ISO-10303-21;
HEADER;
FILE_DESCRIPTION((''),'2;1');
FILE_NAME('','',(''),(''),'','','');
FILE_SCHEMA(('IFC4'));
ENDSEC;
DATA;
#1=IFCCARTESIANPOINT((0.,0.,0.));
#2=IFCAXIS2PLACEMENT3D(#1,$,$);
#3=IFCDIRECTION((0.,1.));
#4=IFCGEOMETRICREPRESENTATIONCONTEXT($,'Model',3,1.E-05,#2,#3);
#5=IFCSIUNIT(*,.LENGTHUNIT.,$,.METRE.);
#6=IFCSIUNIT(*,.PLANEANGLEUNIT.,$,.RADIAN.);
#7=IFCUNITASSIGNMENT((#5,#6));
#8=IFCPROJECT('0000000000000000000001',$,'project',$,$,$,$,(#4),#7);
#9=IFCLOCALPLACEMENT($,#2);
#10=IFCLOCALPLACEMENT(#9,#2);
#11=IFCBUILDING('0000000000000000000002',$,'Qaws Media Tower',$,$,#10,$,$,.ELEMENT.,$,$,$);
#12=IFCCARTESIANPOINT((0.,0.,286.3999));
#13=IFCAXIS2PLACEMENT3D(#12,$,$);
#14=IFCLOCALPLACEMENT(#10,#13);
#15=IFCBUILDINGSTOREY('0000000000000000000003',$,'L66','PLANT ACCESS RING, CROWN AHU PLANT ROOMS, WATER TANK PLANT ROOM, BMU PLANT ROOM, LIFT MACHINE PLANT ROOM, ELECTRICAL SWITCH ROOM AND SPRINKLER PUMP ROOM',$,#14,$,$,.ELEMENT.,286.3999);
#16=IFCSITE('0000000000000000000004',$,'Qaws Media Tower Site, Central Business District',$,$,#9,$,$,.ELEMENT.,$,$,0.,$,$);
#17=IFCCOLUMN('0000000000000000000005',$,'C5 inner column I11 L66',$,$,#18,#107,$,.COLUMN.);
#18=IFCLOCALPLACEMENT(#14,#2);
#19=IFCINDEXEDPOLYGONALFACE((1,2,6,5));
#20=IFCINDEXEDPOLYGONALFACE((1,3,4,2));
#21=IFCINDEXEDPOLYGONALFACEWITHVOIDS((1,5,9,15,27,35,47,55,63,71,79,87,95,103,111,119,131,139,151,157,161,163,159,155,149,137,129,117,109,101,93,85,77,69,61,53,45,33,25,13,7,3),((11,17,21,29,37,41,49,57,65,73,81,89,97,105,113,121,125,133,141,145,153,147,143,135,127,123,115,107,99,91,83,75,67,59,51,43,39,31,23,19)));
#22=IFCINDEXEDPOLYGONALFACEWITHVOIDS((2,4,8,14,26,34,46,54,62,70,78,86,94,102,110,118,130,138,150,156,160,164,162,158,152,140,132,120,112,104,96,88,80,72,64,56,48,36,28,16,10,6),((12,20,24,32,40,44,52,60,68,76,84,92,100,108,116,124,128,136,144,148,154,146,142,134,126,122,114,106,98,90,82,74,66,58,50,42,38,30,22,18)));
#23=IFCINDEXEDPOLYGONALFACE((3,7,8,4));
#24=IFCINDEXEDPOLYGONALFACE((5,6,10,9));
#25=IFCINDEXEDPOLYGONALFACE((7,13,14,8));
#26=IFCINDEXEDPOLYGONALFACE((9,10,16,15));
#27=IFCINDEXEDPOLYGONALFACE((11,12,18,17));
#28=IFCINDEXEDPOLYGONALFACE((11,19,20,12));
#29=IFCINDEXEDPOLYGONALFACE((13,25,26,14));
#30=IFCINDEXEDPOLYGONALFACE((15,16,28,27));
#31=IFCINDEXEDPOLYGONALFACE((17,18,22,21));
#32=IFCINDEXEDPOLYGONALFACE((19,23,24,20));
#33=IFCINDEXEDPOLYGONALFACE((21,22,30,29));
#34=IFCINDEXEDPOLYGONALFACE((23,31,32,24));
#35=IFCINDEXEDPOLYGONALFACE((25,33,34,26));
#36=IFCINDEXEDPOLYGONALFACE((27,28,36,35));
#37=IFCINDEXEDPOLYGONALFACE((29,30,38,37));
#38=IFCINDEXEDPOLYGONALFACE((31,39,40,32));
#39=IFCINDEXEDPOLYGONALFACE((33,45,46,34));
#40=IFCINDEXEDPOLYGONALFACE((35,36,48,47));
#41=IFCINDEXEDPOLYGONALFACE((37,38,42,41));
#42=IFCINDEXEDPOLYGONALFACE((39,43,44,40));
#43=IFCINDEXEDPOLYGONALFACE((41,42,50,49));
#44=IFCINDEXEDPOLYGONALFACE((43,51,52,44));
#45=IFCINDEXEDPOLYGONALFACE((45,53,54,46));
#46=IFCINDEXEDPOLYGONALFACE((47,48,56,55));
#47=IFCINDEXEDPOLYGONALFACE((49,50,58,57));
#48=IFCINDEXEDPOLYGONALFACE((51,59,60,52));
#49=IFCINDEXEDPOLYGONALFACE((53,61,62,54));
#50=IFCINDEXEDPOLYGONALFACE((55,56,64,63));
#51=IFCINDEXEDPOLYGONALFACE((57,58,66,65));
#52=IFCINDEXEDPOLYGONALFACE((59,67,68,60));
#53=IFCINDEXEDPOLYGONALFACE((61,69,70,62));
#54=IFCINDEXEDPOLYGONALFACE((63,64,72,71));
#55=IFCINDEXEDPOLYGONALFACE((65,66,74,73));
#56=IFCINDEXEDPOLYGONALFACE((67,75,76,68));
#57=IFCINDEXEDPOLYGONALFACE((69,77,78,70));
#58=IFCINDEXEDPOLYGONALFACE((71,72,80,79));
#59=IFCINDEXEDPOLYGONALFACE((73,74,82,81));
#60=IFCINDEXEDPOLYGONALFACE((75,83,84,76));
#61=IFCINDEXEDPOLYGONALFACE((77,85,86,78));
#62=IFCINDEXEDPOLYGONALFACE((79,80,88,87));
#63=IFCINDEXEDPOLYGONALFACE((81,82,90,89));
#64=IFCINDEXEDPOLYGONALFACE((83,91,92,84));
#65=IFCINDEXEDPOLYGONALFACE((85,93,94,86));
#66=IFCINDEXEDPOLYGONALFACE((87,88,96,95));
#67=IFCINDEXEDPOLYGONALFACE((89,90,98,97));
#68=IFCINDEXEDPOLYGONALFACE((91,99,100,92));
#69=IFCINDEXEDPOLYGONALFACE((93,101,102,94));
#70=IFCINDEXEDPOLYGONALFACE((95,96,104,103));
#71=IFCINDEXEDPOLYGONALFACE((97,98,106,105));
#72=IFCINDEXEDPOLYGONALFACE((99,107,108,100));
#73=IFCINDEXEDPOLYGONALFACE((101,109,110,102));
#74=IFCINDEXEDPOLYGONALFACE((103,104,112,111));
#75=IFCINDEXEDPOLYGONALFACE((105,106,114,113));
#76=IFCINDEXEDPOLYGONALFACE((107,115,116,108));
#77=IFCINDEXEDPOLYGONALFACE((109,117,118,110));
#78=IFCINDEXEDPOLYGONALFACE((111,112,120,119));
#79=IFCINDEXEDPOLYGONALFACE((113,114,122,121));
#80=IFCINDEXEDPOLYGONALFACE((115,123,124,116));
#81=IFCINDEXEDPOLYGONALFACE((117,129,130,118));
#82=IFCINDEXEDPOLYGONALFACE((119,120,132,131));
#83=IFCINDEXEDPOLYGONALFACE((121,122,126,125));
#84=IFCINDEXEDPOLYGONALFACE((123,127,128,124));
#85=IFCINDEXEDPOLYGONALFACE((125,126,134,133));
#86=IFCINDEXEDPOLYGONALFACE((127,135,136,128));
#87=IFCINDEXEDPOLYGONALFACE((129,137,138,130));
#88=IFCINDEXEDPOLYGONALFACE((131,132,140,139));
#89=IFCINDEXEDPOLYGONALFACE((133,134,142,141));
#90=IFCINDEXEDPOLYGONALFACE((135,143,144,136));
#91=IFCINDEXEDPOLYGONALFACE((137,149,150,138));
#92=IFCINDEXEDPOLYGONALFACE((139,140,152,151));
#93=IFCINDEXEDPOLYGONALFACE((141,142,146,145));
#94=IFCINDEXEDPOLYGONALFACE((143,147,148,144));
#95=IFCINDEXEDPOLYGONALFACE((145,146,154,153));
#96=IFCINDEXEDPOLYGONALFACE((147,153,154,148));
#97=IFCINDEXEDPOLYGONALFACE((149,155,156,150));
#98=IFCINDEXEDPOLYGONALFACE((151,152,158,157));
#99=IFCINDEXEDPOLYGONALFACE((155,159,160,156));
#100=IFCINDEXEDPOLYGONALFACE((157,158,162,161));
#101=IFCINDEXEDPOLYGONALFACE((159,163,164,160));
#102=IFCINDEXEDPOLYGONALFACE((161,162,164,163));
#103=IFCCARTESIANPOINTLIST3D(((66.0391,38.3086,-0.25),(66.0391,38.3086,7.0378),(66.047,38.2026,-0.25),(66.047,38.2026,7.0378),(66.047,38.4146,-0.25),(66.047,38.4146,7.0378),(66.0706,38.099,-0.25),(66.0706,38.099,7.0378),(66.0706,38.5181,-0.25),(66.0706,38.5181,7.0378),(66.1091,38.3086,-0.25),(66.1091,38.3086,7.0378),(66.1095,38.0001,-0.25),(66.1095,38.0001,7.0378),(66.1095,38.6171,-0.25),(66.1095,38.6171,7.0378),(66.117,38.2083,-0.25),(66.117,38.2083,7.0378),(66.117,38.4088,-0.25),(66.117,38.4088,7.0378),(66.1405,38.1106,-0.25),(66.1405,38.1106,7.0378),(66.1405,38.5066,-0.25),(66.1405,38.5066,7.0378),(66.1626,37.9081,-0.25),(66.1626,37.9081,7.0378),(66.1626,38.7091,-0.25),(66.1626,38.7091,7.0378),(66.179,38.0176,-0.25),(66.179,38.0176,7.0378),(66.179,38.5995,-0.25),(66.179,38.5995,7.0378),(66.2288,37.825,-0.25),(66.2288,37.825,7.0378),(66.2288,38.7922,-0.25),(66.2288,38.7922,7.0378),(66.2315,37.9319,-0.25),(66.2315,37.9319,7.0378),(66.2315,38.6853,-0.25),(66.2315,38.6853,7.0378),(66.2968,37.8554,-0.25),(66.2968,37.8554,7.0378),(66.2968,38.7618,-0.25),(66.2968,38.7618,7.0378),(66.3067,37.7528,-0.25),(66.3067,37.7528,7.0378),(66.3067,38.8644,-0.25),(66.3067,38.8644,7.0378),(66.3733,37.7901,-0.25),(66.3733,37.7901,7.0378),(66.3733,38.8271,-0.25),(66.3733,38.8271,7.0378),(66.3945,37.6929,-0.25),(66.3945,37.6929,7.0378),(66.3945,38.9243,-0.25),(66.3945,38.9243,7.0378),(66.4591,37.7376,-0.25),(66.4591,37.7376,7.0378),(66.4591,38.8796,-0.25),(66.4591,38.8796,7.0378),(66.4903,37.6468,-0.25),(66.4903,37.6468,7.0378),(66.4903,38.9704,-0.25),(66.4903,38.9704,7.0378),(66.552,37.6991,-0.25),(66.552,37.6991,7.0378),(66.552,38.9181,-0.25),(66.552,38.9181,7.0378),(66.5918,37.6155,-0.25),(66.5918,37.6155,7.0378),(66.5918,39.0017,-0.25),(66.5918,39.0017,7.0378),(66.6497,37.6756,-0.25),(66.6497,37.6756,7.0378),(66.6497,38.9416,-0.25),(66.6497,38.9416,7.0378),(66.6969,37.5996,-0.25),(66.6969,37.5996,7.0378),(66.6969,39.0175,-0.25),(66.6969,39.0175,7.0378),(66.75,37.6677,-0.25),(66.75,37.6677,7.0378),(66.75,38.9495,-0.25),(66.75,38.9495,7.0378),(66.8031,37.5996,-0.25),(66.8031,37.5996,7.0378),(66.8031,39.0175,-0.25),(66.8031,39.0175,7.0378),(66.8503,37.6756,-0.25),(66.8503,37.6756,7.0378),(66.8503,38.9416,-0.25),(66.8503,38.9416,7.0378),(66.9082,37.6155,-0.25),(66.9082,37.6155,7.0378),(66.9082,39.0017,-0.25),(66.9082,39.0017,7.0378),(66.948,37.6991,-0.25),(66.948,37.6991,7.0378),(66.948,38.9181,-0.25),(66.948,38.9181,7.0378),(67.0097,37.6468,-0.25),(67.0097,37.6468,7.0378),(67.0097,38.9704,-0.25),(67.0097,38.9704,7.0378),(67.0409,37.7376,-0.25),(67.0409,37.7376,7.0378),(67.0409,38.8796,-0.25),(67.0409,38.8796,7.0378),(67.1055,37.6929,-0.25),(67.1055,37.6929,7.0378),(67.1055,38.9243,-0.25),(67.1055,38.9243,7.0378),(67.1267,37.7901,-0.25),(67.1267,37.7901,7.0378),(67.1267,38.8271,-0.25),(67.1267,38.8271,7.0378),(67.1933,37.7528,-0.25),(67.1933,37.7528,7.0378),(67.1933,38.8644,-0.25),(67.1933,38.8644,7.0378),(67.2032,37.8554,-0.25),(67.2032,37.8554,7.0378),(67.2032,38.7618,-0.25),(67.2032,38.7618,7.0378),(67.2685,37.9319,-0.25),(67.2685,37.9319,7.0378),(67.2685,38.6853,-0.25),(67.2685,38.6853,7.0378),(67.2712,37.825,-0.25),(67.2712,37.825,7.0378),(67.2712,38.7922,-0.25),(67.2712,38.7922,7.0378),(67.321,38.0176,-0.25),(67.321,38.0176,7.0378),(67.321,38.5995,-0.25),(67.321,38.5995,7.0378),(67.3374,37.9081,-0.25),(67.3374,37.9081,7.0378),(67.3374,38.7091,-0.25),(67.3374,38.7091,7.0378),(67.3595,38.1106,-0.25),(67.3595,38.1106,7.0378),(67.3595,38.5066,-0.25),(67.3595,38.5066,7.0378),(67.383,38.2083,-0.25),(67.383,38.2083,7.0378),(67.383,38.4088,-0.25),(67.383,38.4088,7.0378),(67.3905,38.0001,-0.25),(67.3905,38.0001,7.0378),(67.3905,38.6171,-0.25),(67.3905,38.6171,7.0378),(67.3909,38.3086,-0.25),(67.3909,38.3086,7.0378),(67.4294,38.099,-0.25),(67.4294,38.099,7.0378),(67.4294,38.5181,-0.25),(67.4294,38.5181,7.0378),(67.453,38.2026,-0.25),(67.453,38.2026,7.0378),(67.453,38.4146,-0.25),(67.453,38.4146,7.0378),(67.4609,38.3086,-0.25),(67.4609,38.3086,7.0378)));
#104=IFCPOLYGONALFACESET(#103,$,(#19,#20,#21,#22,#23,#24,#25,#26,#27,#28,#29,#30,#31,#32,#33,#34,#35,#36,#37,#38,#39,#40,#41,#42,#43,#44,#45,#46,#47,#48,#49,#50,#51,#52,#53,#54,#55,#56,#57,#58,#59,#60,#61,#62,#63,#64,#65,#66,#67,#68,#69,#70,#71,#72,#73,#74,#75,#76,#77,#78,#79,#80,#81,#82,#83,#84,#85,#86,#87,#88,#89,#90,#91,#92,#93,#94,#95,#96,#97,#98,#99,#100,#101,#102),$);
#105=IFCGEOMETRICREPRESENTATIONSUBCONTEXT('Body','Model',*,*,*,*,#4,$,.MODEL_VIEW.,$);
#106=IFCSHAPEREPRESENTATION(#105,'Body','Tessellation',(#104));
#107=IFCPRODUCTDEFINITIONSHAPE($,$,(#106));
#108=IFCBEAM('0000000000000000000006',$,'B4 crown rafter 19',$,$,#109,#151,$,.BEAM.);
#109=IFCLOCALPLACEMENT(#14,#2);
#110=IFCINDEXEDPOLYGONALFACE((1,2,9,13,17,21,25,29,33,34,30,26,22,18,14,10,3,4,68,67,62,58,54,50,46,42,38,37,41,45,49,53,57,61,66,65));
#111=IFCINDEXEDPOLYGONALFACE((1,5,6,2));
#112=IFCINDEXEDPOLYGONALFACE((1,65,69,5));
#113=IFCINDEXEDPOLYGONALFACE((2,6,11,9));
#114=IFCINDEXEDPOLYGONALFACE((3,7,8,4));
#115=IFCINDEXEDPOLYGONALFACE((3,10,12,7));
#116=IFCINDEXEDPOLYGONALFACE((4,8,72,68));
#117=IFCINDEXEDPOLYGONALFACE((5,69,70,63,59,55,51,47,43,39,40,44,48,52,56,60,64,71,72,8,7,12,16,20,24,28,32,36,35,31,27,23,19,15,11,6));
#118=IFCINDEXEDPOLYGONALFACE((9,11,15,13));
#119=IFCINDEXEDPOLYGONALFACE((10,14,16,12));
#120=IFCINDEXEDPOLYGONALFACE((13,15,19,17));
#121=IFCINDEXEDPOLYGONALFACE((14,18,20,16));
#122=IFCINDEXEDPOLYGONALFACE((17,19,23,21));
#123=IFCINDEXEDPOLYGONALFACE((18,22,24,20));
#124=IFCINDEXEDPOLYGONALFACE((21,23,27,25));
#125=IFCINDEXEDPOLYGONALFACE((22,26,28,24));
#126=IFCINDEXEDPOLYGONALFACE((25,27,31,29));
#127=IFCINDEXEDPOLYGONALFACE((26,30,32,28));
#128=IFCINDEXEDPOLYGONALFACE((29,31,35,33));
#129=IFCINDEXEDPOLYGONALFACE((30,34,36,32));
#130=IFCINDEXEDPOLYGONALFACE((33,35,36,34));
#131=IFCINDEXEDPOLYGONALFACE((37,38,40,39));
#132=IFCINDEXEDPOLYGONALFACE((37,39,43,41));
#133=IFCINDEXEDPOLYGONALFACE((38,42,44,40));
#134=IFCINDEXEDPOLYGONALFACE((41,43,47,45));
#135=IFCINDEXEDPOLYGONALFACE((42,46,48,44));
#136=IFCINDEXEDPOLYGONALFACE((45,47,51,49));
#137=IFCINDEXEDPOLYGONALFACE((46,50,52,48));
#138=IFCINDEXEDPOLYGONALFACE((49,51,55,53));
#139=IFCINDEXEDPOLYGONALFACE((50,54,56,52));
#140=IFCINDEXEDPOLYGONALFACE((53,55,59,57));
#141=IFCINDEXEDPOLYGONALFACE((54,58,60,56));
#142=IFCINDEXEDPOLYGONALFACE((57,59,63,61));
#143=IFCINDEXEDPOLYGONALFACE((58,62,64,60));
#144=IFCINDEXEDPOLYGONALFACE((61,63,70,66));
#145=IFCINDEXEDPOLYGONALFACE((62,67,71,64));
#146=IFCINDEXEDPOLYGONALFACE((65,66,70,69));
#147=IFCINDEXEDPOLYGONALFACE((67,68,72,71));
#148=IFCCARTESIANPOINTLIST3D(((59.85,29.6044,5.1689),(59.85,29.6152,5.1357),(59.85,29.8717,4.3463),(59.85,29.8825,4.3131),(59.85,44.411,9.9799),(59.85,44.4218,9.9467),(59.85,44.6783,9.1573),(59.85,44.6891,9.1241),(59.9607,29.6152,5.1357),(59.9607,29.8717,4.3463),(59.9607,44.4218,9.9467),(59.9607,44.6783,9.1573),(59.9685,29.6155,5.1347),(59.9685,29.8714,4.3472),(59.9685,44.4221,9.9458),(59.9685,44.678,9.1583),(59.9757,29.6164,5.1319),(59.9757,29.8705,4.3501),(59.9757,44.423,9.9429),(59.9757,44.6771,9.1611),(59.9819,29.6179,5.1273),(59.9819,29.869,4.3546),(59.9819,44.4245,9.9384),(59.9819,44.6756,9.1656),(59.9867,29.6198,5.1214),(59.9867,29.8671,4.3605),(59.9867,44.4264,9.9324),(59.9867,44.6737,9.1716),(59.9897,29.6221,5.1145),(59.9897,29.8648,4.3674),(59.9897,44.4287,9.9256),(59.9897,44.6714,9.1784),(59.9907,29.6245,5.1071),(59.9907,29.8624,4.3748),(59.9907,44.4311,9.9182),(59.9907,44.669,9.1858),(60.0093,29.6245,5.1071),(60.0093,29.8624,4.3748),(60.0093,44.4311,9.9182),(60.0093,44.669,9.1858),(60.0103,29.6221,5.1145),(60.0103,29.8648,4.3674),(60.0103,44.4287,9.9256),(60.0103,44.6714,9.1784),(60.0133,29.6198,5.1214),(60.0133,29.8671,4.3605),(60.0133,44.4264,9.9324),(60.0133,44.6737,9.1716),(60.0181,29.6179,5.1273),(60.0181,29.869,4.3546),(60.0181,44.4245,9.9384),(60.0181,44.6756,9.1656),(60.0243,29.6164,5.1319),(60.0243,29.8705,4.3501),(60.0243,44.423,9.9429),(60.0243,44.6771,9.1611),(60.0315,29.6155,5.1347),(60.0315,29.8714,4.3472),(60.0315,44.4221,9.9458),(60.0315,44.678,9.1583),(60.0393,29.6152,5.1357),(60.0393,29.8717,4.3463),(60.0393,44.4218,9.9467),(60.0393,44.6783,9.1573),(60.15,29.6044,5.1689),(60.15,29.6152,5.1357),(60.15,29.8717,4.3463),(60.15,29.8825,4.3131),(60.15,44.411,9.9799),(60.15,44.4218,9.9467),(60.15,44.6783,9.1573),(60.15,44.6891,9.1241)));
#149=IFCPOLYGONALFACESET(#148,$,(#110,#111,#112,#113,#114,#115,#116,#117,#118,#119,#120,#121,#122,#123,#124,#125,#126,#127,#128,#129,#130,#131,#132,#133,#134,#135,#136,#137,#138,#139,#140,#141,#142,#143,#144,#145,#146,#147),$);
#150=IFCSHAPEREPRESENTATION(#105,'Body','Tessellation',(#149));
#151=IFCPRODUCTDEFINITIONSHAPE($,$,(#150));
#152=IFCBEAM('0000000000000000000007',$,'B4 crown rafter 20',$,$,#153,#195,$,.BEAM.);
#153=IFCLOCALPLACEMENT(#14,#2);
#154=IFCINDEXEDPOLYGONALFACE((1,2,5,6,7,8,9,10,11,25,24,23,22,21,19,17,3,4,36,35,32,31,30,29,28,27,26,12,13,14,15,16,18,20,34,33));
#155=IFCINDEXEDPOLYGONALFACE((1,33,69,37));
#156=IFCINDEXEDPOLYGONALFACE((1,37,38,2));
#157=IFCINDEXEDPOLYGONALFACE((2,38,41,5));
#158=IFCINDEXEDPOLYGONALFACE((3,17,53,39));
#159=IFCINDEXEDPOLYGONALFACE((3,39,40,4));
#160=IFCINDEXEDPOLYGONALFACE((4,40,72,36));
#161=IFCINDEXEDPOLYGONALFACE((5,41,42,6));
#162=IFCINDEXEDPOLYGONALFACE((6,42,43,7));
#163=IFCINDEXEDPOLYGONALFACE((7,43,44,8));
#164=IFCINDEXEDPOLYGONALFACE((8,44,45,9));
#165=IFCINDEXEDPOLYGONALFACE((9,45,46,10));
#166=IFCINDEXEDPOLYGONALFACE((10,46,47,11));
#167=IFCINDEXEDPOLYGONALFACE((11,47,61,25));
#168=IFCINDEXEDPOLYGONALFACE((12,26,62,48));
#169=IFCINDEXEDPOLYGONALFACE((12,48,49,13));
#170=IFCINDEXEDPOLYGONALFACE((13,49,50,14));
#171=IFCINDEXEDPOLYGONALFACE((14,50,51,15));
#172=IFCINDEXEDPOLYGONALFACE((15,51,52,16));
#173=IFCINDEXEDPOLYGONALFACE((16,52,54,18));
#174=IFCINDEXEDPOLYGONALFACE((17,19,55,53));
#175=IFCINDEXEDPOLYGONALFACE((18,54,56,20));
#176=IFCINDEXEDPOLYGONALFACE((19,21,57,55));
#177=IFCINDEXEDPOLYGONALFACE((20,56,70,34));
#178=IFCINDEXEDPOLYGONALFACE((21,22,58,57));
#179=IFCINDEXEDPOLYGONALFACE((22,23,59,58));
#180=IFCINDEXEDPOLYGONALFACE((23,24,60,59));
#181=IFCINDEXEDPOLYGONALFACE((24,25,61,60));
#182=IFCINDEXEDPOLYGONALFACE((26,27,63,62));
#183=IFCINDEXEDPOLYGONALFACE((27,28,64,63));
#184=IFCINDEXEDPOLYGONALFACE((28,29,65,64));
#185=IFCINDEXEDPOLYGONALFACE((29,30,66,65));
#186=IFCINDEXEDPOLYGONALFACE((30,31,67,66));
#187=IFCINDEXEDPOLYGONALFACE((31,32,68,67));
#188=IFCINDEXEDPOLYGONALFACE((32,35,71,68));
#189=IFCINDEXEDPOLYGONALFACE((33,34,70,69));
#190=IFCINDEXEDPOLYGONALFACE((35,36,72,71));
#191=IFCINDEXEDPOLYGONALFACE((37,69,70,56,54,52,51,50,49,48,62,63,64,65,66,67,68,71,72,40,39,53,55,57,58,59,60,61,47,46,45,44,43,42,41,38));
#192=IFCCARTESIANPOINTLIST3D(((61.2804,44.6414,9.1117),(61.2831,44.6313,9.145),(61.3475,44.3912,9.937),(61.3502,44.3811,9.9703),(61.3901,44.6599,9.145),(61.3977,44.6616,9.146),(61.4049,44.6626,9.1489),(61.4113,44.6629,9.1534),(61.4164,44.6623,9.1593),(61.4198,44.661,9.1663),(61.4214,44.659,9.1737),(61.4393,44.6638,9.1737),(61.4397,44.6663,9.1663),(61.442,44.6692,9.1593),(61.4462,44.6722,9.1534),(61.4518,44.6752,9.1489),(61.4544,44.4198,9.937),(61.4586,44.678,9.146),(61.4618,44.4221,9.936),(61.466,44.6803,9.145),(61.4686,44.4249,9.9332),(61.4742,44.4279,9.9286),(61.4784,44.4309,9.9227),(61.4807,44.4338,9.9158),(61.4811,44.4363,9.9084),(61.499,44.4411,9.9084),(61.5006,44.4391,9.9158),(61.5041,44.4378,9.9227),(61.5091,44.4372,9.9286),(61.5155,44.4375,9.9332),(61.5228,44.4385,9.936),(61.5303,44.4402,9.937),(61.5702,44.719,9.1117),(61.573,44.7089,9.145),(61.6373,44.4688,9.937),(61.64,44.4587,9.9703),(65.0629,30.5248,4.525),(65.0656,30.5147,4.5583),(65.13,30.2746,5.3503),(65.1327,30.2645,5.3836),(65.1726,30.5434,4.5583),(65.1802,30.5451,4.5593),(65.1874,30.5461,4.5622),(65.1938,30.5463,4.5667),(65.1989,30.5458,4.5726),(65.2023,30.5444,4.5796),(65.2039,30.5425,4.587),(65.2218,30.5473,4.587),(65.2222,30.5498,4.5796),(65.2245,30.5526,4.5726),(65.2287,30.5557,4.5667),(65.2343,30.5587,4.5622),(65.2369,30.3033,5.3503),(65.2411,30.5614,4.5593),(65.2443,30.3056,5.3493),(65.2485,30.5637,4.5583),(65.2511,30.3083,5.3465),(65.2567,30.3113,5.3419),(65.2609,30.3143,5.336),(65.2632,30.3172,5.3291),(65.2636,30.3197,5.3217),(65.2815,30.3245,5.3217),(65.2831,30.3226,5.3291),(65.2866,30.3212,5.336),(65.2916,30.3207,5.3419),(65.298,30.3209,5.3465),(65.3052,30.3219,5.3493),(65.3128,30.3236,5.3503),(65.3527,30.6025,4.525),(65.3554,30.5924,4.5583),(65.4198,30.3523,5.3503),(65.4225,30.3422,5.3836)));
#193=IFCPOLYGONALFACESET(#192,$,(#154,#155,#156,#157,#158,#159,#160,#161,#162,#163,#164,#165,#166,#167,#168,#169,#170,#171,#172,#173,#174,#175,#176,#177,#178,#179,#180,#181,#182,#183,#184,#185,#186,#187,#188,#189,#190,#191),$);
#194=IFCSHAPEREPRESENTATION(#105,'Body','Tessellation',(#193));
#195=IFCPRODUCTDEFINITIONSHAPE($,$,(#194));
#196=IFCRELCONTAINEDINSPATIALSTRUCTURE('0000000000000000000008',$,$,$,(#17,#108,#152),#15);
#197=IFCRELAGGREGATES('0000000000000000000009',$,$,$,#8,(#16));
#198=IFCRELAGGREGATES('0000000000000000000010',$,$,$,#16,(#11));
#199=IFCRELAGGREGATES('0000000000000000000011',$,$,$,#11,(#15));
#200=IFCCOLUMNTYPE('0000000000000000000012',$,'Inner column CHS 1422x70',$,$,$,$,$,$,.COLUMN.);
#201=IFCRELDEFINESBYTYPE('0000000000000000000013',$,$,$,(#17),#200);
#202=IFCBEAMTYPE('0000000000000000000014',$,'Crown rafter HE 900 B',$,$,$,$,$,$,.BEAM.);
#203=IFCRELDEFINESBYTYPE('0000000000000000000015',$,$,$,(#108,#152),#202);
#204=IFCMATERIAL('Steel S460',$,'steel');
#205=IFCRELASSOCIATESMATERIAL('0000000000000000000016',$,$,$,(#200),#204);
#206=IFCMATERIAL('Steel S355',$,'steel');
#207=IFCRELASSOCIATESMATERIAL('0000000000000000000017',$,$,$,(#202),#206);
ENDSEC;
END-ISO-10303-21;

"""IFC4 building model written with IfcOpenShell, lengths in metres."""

from ifc_helpers import new_model, si_unit, direction, frame, origin, origin_2d, place, context, subcontext, project, spatial, hollow_circle, i_section, extrude, material, material_profile, profile_set, type_object, element, save


model = new_model("IFC4")

# Units and contexts
model_context = context("Model", 3, precision=1e-05, world=origin(), true_north=direction((0.0, 1.0)))
body_context = subcontext(model_context, "Body", "Model", "MODEL_VIEW")
ifc_project = project(units=[si_unit("LENGTHUNIT", "METRE"), si_unit("PLANEANGLEUNIT", "RADIAN")], contexts=[model_context])

# Site, building, storey
site_placement = place(None, origin())
site = spatial("IfcSite", under=ifc_project, at=site_placement, Name="Qaws Media Tower Site, Central Business District", CompositionType="ELEMENT", RefElevation=0.0)
building_placement = place(site_placement, origin())
building = spatial("IfcBuilding", under=site, at=building_placement, Name="Qaws Media Tower", CompositionType="ELEMENT")
storey_placement = place(building_placement, frame((0.0, 0.0, 286.3999)))
storey = spatial("IfcBuildingStorey", under=building, at=storey_placement, Name="L66", Description="PLANT ACCESS RING, CROWN AHU PLANT ROOMS, WATER TANK PLANT ROOM, BMU PLANT ROOM, LIFT MACHINE PLANT ROOM, ELECTRICAL SWITCH ROOM AND SPRINKLER PUMP ROOM", CompositionType="ELEMENT", Elevation=286.3999)

# Column
ifc_material_1 = material(Name="Steel S460", Category="steel")
ifc_material_profile_1 = material_profile(ifc_material_1, hollow_circle(Radius=0.7109, WallThickness=0.0701, at=origin_2d()), Name="CHS 1422x70")
ifc_profile_set_1 = profile_set([ifc_material_profile_1], Name="Steel S460")
column_type = type_object("IfcColumnType", Name="Inner column CHS 1422x70", PredefinedType="COLUMN", material=ifc_profile_set_1)
column_placement = place(storey_placement, frame((66.75, 38.3086, -0.25), z_axis=(0.0, 0.0, 1.0), x_axis=(1.0, 0.0, 0.0)))
element("IfcColumn", 1, at=column_placement, inside=storey, type_object=column_type, Name="C5 inner column I11 L66", PredefinedType="COLUMN", context=body_context, shape_type="SweptSolid", body=[
    extrude(hollow_circle(Radius=0.7109, WallThickness=0.0701, at=origin_2d()), origin(), (0.0, 0.0, 1.0), 7.2878),
])

# Beams
ifc_material_2 = material(Name="Steel S355", Category="steel")
ifc_material_profile_2 = material_profile(ifc_material_2, i_section(OverallWidth=0.3, OverallDepth=0.8999, WebThickness=0.0186, FlangeThickness=0.0349, FilletRadius=0.03, at=origin_2d()), Name="HE 900 B")
ifc_profile_set_2 = profile_set([ifc_material_profile_2], Name="Steel S355")
beam_type_1 = type_object("IfcBeamType", Name="Crown rafter HE 900 B", PredefinedType="BEAM", material=ifc_profile_set_2)
beam_1_placement = place(storey_placement, frame((60.0, 44.55, 9.552), z_axis=(0.0, -0.951055, -0.309021), x_axis=(1.0, 0.0, 0.0)))
element("IfcBeam", 2, at=beam_1_placement, inside=storey, type_object=beam_type_1, Name="B4 crown rafter 19", PredefinedType="BEAM", context=body_context, shape_type="SweptSolid", body=[
    extrude(i_section(OverallWidth=0.3, OverallDepth=0.8999, WebThickness=0.0186, FlangeThickness=0.0349, FilletRadius=0.03, at=origin_2d()), origin(), (0.0, 0.0, 1.0), 15.5686),
])
beam_2_placement = place(storey_placement, frame((61.4602, 44.55, 9.541), z_axis=(0.246941, -0.921604, -0.299444), x_axis=(0.965926, 0.258818, 0.0)))
element("IfcBeam", 3, at=beam_2_placement, inside=storey, type_object=beam_type_1, Name="B4 crown rafter 20", PredefinedType="BEAM", context=body_context, shape_type="SweptSolid", body=[
    extrude(i_section(OverallWidth=0.3, OverallDepth=0.8999, WebThickness=0.0186, FlangeThickness=0.0349, FilletRadius=0.03, at=origin_2d()), origin(), (0.0, 0.0, 1.0), 15.3174),
])

save(model, "model.ifc")
